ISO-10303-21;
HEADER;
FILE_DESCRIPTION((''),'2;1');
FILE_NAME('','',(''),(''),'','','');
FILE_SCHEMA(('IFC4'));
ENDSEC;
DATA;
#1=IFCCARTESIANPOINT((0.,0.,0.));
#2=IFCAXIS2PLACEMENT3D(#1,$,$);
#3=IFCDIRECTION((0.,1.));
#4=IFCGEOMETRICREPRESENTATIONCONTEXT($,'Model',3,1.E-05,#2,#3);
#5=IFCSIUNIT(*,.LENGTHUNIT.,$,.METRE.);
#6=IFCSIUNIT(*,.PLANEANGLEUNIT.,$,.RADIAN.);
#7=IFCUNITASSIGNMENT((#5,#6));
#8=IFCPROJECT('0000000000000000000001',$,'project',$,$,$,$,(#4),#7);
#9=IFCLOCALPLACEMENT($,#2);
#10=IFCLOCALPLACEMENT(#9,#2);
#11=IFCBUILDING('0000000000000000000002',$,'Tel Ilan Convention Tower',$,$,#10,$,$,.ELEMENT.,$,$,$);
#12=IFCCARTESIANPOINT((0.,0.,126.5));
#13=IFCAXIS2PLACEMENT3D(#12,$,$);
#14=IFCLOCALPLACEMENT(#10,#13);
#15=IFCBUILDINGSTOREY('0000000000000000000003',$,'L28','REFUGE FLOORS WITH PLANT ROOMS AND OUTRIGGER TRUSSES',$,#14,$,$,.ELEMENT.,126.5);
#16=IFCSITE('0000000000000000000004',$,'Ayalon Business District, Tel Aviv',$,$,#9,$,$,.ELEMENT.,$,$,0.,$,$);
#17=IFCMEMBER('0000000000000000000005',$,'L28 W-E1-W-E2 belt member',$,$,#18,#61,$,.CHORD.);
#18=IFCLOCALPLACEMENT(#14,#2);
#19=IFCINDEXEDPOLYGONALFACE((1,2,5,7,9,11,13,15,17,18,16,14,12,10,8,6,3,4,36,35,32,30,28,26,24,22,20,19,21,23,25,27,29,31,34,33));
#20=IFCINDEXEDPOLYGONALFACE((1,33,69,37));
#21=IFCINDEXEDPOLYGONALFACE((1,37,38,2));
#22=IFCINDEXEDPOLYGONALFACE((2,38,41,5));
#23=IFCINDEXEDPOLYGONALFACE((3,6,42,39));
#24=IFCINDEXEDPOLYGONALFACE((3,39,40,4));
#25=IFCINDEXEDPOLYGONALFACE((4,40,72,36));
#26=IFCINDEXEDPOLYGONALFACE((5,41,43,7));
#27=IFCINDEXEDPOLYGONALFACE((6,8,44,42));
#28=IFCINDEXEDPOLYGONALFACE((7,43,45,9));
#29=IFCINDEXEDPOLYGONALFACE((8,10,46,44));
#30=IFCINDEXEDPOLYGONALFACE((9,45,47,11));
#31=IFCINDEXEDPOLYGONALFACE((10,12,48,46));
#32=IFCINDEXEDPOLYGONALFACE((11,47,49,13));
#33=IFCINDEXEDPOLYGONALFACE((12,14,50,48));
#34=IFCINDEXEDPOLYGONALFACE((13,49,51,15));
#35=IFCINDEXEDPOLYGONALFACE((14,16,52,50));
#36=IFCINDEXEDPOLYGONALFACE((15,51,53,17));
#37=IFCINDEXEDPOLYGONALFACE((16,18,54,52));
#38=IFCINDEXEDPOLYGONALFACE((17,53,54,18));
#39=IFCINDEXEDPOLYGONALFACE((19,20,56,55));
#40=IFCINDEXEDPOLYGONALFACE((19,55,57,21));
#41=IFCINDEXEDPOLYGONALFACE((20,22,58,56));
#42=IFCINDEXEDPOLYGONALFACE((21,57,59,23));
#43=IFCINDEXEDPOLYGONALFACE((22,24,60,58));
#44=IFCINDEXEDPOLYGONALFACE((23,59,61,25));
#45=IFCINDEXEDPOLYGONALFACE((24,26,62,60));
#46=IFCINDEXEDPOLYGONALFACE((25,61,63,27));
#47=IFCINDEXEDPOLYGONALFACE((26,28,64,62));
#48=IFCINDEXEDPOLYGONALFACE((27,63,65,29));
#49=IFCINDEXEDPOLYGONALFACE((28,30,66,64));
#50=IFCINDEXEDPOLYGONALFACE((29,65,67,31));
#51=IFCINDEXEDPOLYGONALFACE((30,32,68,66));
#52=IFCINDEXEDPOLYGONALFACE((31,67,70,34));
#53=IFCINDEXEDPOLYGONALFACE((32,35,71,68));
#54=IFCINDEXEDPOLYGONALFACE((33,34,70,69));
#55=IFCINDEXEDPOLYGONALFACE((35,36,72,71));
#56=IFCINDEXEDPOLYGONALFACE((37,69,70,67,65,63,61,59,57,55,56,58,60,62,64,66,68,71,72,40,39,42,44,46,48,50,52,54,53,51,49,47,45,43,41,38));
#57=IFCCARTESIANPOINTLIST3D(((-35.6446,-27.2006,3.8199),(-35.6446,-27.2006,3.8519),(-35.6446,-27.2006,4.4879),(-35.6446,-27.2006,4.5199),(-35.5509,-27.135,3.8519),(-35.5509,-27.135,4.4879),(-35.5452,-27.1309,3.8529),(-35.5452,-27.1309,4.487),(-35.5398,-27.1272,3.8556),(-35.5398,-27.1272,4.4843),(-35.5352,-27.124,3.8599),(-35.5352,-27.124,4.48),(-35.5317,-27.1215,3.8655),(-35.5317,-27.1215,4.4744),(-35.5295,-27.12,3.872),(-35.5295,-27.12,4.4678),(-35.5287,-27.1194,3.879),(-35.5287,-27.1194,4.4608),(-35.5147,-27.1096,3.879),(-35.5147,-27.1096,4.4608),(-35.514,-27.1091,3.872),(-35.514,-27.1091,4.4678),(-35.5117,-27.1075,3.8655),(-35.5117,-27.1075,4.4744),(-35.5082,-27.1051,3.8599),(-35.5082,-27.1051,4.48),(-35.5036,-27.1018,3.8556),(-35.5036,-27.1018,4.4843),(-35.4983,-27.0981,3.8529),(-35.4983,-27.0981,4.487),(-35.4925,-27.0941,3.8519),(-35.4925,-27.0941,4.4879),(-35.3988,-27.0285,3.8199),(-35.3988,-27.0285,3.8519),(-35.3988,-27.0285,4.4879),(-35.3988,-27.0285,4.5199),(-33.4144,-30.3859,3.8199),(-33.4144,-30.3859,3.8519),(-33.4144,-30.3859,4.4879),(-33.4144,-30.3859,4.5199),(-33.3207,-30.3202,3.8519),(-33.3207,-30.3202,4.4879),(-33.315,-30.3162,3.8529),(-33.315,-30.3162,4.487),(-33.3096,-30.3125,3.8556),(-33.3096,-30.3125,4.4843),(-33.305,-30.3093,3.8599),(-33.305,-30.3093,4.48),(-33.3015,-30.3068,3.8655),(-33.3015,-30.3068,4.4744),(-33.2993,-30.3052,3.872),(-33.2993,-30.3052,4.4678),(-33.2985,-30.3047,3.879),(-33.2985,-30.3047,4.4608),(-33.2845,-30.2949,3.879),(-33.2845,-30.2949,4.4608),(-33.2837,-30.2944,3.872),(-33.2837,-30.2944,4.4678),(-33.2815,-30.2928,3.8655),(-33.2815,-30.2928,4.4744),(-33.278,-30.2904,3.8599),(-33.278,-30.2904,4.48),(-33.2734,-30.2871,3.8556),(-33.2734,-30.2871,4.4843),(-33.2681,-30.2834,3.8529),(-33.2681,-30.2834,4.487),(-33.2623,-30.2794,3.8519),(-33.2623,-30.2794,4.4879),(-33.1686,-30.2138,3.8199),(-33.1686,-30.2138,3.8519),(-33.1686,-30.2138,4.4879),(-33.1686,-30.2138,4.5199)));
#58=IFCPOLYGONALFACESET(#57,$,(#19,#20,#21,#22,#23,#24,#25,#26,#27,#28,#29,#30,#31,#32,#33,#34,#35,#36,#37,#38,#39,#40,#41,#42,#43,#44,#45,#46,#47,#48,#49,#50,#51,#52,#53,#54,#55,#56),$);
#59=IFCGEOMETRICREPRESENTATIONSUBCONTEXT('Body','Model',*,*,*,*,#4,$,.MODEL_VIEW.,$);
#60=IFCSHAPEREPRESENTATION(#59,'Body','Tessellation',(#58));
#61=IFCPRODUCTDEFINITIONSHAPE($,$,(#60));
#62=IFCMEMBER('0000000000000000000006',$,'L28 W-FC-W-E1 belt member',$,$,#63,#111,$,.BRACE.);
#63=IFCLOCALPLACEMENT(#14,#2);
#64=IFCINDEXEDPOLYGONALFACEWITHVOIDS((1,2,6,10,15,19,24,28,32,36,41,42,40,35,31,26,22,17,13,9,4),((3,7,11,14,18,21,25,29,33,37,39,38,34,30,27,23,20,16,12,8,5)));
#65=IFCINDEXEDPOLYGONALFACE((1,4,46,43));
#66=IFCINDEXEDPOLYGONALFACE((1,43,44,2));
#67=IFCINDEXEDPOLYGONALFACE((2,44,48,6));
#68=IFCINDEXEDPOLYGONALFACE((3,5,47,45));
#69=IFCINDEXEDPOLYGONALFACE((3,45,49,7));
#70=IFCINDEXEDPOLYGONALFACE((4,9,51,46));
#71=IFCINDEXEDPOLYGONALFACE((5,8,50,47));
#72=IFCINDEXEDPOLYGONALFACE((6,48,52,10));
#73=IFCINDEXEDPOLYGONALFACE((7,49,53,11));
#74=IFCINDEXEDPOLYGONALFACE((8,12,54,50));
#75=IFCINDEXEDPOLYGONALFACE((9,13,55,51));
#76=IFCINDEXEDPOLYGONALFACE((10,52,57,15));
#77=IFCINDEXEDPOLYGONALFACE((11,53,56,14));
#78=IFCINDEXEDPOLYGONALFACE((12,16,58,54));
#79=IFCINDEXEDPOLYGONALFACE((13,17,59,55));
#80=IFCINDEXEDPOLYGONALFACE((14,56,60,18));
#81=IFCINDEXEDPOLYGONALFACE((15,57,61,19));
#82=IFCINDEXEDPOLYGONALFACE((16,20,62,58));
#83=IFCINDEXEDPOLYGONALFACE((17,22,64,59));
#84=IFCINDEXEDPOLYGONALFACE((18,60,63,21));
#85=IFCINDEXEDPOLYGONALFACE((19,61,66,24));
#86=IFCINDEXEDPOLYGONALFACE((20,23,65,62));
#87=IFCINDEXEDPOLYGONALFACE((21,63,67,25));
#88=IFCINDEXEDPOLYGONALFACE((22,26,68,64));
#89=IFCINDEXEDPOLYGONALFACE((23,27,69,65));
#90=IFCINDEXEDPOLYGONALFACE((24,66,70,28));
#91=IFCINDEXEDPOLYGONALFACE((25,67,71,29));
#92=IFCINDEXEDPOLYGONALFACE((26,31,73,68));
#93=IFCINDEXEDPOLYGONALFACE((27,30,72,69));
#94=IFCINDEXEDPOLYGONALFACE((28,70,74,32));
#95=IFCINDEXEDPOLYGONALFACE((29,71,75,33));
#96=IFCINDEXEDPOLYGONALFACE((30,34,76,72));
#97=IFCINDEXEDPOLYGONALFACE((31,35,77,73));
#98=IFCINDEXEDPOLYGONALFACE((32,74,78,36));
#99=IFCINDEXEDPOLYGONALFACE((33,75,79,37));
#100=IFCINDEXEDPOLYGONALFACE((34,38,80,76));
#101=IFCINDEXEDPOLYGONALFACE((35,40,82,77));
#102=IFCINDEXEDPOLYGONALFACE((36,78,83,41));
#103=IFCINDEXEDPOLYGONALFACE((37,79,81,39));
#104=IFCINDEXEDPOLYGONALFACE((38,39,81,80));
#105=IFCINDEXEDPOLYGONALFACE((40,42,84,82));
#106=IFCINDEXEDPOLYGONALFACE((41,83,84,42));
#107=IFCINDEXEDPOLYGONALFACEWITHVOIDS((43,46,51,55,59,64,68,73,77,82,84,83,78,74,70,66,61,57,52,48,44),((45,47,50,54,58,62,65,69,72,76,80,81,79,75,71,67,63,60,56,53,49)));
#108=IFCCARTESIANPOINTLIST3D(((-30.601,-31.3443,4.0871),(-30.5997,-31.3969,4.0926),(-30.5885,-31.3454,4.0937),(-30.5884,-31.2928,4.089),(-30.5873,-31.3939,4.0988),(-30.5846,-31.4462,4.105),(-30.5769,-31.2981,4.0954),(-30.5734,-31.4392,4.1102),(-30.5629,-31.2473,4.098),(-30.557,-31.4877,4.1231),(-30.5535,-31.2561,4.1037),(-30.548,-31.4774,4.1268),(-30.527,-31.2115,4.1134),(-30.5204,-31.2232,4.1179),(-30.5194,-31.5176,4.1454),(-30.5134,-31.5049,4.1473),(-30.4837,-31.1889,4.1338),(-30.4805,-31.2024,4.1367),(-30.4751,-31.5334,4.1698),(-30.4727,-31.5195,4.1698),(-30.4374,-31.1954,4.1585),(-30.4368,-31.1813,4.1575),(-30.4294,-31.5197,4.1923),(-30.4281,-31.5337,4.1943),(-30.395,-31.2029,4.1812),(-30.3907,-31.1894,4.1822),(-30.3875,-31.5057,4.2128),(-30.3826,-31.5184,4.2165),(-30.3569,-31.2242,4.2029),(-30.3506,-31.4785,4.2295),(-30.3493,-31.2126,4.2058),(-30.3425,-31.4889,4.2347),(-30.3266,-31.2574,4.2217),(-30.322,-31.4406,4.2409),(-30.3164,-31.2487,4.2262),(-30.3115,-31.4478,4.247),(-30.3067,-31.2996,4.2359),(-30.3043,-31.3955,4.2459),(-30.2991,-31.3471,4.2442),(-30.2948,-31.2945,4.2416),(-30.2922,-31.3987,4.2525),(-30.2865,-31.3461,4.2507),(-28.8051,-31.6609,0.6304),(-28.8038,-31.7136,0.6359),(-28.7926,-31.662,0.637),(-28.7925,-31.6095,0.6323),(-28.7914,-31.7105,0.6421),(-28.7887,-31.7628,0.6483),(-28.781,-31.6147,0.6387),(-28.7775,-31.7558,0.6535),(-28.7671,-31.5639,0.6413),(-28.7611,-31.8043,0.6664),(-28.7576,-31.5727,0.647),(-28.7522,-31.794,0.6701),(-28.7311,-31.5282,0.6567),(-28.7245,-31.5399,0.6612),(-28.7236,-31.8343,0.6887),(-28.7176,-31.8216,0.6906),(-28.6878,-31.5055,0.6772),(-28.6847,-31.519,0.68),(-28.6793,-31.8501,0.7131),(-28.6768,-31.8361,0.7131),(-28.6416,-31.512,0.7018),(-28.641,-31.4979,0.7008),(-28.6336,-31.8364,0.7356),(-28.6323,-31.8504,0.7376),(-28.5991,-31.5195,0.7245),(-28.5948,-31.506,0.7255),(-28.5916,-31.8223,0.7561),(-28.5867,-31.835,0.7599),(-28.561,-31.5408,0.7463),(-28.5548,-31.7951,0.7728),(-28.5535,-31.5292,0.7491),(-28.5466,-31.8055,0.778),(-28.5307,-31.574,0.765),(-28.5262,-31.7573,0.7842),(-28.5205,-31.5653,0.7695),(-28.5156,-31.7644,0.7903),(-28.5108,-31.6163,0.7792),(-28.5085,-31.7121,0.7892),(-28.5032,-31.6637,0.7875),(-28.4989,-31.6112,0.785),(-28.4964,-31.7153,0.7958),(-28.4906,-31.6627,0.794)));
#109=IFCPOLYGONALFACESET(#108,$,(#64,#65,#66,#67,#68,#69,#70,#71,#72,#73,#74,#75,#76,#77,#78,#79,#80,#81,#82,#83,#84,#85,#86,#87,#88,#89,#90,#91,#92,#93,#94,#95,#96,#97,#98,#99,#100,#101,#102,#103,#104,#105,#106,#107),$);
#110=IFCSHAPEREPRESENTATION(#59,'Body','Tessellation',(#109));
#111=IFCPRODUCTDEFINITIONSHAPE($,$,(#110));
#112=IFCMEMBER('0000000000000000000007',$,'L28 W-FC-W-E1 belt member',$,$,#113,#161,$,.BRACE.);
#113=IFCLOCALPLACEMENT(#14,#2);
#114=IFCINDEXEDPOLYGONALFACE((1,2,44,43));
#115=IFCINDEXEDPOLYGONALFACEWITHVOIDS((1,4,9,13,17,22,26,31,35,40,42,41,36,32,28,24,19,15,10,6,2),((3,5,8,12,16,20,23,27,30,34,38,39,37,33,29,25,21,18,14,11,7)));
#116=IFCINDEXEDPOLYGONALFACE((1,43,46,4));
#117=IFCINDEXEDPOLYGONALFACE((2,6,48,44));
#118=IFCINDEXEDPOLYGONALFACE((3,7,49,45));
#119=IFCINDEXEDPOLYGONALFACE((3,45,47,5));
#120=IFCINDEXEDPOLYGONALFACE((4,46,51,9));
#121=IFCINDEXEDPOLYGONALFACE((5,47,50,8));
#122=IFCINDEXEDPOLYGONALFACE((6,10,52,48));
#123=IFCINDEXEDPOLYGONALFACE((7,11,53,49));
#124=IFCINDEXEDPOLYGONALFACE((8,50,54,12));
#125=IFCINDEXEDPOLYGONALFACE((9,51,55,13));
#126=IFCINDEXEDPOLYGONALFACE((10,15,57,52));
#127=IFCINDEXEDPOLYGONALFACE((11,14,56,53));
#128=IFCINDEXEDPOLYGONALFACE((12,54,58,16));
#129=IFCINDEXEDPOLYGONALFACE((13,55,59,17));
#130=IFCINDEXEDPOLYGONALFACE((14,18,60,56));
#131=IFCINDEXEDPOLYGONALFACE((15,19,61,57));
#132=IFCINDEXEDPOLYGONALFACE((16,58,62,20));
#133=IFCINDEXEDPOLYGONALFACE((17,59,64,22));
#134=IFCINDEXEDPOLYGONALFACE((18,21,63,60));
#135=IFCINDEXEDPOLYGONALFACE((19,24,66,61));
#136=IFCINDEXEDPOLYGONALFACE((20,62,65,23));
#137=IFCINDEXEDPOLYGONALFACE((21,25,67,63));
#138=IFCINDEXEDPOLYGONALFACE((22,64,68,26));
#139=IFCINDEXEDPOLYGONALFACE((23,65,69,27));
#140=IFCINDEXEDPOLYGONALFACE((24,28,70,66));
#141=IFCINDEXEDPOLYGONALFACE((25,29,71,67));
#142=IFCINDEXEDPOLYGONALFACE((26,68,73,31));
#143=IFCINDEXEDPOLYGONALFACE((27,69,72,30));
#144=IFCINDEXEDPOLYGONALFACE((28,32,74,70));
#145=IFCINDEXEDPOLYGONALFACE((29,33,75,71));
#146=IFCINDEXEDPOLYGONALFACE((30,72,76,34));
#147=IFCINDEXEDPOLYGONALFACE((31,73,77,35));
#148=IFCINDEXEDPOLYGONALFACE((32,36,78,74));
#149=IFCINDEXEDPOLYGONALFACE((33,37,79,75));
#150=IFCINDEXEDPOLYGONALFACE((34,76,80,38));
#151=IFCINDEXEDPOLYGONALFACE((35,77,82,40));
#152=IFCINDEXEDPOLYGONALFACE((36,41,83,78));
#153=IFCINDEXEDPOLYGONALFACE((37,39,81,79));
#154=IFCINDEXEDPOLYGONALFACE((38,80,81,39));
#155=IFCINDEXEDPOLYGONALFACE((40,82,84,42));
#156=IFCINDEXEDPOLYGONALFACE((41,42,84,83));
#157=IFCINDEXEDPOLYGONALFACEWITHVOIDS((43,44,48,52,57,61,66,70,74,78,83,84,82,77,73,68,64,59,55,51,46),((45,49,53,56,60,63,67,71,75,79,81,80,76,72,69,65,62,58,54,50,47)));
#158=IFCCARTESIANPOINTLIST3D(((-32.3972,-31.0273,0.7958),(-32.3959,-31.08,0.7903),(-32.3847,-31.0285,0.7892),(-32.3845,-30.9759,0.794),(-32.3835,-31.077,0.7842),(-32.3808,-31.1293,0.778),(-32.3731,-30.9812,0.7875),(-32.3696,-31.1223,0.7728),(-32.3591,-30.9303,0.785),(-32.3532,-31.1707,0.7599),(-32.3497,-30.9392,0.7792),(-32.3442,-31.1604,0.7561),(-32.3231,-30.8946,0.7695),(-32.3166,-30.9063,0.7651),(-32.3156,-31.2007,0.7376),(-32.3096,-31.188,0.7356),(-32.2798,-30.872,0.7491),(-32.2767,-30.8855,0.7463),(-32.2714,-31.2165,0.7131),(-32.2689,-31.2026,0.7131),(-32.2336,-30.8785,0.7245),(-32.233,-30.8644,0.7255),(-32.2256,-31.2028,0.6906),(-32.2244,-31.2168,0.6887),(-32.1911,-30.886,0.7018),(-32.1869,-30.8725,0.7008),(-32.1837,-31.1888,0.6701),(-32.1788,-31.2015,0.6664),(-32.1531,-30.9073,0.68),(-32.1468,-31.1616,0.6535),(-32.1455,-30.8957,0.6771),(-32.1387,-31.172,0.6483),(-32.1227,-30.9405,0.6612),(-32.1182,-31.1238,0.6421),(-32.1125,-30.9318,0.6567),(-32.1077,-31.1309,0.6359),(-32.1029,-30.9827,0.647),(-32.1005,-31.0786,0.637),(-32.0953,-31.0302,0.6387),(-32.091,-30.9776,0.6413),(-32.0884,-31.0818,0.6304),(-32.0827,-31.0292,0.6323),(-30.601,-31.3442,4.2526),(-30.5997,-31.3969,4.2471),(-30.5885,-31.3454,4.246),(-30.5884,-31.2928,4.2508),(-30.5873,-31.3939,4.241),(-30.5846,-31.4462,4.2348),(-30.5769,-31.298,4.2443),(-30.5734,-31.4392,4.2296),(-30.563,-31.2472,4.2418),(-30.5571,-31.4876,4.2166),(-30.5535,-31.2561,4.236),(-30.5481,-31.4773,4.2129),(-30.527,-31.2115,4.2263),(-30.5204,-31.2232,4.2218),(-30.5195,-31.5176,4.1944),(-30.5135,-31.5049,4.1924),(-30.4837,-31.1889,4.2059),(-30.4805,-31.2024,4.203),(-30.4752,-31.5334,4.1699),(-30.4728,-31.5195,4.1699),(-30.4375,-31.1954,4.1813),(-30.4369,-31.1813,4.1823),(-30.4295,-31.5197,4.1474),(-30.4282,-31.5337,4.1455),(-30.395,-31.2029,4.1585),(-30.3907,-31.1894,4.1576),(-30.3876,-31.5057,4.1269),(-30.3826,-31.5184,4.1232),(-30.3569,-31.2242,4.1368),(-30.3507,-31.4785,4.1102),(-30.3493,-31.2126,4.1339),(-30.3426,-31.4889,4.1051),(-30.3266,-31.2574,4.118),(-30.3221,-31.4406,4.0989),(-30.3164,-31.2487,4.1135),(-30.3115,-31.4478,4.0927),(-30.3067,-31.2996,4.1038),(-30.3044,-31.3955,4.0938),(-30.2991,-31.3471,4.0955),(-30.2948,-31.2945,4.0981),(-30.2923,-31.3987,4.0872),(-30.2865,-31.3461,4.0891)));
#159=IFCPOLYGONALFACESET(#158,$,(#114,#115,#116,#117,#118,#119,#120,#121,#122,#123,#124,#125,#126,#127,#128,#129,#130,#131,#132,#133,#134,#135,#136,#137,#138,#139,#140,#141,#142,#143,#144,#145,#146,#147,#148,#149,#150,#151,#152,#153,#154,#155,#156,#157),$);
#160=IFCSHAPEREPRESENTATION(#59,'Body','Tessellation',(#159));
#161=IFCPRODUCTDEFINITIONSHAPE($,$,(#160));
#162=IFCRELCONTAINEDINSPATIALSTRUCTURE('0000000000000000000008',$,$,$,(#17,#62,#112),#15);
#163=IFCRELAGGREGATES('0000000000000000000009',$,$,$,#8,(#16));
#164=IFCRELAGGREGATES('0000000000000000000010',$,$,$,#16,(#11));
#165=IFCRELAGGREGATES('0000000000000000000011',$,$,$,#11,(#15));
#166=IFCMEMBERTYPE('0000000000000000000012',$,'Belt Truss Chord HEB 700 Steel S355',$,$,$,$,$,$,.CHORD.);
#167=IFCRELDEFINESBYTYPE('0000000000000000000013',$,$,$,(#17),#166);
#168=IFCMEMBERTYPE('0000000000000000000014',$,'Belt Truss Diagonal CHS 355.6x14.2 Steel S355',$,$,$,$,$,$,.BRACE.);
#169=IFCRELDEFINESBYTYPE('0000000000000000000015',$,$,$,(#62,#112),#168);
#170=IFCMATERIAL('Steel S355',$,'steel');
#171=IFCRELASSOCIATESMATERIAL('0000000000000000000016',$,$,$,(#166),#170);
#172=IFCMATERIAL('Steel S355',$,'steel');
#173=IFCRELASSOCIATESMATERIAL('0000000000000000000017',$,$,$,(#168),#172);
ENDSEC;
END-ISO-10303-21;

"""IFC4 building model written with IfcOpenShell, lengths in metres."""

from ifc_helpers import new_model, si_unit, direction, frame, origin, origin_2d, place, context, subcontext, project, spatial, hollow_circle, i_section, extrude, material, material_profile, profile_set, type_object, element, save


model = new_model("IFC4")

# Units and contexts
model_context = context("Model", 3, precision=1e-05, world=origin(), true_north=direction((0.0, 1.0)))
body_context = subcontext(model_context, "Body", "Model", "MODEL_VIEW")
ifc_project = project(units=[si_unit("LENGTHUNIT", "METRE"), si_unit("PLANEANGLEUNIT", "RADIAN")], contexts=[model_context])

# Site, building, storey
site_placement = place(None, origin())
site = spatial("IfcSite", under=ifc_project, at=site_placement, Name="Ayalon Business District, Tel Aviv", CompositionType="ELEMENT", RefElevation=0.0)
building_placement = place(site_placement, origin())
building = spatial("IfcBuilding", under=site, at=building_placement, Name="Tel Ilan Convention Tower", CompositionType="ELEMENT")
storey_placement = place(building_placement, frame((0.0, 0.0, 126.5)))
storey = spatial("IfcBuildingStorey", under=building, at=storey_placement, Name="L28", Description="REFUGE FLOORS WITH PLANT ROOMS AND OUTRIGGER TRUSSES", CompositionType="ELEMENT", Elevation=126.5)

# Members
ifc_material_1 = material(Name="Steel S355", Category="steel")
ifc_material_profile_1 = material_profile(ifc_material_1, i_section(OverallWidth=0.3, OverallDepth=0.7, WebThickness=0.0171, FlangeThickness=0.032, FilletRadius=0.0271, at=origin_2d()), Name="HEB 700")
ifc_profile_set_1 = profile_set([ifc_material_profile_1], Name="Steel S355")
member_type_1 = type_object("IfcMemberType", Name="Belt Truss Chord HEB 700 Steel S355", PredefinedType="CHORD", material=ifc_profile_set_1)
member_1_placement = place(storey_placement, frame((-33.2915, -30.2998, 4.1699), z_axis=(-0.573551, 0.81917, 0.0), x_axis=(-0.81917, -0.573551, 0.0)))
element("IfcMember", 1, at=member_1_placement, inside=storey, type_object=member_type_1, Name="L28 W-E1-W-E2 belt member", PredefinedType="CHORD", context=body_context, shape_type="SweptSolid", body=[
    extrude(i_section(OverallWidth=0.3, OverallDepth=0.7, WebThickness=0.0171, FlangeThickness=0.032, FilletRadius=0.0271, at=origin_2d()), origin(), (0.0, 0.0, 1.0), 3.8884),
])
ifc_material_2 = material(Name="Steel S355", Category="steel")
ifc_material_profile_2 = material_profile(ifc_material_2, hollow_circle(Radius=0.1777, WallThickness=0.0142, at=origin_2d()), Name="CHS 355.6x14.2")
ifc_profile_set_2 = profile_set([ifc_material_profile_2], Name="Steel S355")
member_type_2 = type_object("IfcMemberType", Name="Belt Truss Diagonal CHS 355.6x14.2 Steel S355", PredefinedType="BRACE", material=ifc_profile_set_2)
member_2_placement = place(storey_placement, frame((-28.6484, -31.675, 0.7131), z_axis=(-0.459508, 0.08102, 0.884471), x_axis=(-0.17364, -0.984809, 0.0)))
element("IfcMember", 2, at=member_2_placement, inside=storey, type_object=member_type_2, Name="L28 W-FC-W-E1 belt member", PredefinedType="BRACE", context=body_context, shape_type="SweptSolid", body=[
    extrude(hollow_circle(Radius=0.1777, WallThickness=0.0142, at=origin_2d()), origin(), (0.0, 0.0, 1.0), 3.9082),
])
member_3_placement = place(storey_placement, frame((-30.4443, -31.3584, 4.1699), z_axis=(-0.459554, 0.081079, -0.884441), x_axis=(-0.173747, -0.98479, 0.0)))
element("IfcMember", 3, at=member_3_placement, inside=storey, type_object=member_type_2, Name="L28 W-FC-W-E1 belt member", PredefinedType="BRACE", context=body_context, shape_type="SweptSolid", body=[
    extrude(hollow_circle(Radius=0.1777, WallThickness=0.0142, at=origin_2d()), origin(), (0.0, 0.0, 1.0), 3.9084),
])

save(model, "model.ifc")
